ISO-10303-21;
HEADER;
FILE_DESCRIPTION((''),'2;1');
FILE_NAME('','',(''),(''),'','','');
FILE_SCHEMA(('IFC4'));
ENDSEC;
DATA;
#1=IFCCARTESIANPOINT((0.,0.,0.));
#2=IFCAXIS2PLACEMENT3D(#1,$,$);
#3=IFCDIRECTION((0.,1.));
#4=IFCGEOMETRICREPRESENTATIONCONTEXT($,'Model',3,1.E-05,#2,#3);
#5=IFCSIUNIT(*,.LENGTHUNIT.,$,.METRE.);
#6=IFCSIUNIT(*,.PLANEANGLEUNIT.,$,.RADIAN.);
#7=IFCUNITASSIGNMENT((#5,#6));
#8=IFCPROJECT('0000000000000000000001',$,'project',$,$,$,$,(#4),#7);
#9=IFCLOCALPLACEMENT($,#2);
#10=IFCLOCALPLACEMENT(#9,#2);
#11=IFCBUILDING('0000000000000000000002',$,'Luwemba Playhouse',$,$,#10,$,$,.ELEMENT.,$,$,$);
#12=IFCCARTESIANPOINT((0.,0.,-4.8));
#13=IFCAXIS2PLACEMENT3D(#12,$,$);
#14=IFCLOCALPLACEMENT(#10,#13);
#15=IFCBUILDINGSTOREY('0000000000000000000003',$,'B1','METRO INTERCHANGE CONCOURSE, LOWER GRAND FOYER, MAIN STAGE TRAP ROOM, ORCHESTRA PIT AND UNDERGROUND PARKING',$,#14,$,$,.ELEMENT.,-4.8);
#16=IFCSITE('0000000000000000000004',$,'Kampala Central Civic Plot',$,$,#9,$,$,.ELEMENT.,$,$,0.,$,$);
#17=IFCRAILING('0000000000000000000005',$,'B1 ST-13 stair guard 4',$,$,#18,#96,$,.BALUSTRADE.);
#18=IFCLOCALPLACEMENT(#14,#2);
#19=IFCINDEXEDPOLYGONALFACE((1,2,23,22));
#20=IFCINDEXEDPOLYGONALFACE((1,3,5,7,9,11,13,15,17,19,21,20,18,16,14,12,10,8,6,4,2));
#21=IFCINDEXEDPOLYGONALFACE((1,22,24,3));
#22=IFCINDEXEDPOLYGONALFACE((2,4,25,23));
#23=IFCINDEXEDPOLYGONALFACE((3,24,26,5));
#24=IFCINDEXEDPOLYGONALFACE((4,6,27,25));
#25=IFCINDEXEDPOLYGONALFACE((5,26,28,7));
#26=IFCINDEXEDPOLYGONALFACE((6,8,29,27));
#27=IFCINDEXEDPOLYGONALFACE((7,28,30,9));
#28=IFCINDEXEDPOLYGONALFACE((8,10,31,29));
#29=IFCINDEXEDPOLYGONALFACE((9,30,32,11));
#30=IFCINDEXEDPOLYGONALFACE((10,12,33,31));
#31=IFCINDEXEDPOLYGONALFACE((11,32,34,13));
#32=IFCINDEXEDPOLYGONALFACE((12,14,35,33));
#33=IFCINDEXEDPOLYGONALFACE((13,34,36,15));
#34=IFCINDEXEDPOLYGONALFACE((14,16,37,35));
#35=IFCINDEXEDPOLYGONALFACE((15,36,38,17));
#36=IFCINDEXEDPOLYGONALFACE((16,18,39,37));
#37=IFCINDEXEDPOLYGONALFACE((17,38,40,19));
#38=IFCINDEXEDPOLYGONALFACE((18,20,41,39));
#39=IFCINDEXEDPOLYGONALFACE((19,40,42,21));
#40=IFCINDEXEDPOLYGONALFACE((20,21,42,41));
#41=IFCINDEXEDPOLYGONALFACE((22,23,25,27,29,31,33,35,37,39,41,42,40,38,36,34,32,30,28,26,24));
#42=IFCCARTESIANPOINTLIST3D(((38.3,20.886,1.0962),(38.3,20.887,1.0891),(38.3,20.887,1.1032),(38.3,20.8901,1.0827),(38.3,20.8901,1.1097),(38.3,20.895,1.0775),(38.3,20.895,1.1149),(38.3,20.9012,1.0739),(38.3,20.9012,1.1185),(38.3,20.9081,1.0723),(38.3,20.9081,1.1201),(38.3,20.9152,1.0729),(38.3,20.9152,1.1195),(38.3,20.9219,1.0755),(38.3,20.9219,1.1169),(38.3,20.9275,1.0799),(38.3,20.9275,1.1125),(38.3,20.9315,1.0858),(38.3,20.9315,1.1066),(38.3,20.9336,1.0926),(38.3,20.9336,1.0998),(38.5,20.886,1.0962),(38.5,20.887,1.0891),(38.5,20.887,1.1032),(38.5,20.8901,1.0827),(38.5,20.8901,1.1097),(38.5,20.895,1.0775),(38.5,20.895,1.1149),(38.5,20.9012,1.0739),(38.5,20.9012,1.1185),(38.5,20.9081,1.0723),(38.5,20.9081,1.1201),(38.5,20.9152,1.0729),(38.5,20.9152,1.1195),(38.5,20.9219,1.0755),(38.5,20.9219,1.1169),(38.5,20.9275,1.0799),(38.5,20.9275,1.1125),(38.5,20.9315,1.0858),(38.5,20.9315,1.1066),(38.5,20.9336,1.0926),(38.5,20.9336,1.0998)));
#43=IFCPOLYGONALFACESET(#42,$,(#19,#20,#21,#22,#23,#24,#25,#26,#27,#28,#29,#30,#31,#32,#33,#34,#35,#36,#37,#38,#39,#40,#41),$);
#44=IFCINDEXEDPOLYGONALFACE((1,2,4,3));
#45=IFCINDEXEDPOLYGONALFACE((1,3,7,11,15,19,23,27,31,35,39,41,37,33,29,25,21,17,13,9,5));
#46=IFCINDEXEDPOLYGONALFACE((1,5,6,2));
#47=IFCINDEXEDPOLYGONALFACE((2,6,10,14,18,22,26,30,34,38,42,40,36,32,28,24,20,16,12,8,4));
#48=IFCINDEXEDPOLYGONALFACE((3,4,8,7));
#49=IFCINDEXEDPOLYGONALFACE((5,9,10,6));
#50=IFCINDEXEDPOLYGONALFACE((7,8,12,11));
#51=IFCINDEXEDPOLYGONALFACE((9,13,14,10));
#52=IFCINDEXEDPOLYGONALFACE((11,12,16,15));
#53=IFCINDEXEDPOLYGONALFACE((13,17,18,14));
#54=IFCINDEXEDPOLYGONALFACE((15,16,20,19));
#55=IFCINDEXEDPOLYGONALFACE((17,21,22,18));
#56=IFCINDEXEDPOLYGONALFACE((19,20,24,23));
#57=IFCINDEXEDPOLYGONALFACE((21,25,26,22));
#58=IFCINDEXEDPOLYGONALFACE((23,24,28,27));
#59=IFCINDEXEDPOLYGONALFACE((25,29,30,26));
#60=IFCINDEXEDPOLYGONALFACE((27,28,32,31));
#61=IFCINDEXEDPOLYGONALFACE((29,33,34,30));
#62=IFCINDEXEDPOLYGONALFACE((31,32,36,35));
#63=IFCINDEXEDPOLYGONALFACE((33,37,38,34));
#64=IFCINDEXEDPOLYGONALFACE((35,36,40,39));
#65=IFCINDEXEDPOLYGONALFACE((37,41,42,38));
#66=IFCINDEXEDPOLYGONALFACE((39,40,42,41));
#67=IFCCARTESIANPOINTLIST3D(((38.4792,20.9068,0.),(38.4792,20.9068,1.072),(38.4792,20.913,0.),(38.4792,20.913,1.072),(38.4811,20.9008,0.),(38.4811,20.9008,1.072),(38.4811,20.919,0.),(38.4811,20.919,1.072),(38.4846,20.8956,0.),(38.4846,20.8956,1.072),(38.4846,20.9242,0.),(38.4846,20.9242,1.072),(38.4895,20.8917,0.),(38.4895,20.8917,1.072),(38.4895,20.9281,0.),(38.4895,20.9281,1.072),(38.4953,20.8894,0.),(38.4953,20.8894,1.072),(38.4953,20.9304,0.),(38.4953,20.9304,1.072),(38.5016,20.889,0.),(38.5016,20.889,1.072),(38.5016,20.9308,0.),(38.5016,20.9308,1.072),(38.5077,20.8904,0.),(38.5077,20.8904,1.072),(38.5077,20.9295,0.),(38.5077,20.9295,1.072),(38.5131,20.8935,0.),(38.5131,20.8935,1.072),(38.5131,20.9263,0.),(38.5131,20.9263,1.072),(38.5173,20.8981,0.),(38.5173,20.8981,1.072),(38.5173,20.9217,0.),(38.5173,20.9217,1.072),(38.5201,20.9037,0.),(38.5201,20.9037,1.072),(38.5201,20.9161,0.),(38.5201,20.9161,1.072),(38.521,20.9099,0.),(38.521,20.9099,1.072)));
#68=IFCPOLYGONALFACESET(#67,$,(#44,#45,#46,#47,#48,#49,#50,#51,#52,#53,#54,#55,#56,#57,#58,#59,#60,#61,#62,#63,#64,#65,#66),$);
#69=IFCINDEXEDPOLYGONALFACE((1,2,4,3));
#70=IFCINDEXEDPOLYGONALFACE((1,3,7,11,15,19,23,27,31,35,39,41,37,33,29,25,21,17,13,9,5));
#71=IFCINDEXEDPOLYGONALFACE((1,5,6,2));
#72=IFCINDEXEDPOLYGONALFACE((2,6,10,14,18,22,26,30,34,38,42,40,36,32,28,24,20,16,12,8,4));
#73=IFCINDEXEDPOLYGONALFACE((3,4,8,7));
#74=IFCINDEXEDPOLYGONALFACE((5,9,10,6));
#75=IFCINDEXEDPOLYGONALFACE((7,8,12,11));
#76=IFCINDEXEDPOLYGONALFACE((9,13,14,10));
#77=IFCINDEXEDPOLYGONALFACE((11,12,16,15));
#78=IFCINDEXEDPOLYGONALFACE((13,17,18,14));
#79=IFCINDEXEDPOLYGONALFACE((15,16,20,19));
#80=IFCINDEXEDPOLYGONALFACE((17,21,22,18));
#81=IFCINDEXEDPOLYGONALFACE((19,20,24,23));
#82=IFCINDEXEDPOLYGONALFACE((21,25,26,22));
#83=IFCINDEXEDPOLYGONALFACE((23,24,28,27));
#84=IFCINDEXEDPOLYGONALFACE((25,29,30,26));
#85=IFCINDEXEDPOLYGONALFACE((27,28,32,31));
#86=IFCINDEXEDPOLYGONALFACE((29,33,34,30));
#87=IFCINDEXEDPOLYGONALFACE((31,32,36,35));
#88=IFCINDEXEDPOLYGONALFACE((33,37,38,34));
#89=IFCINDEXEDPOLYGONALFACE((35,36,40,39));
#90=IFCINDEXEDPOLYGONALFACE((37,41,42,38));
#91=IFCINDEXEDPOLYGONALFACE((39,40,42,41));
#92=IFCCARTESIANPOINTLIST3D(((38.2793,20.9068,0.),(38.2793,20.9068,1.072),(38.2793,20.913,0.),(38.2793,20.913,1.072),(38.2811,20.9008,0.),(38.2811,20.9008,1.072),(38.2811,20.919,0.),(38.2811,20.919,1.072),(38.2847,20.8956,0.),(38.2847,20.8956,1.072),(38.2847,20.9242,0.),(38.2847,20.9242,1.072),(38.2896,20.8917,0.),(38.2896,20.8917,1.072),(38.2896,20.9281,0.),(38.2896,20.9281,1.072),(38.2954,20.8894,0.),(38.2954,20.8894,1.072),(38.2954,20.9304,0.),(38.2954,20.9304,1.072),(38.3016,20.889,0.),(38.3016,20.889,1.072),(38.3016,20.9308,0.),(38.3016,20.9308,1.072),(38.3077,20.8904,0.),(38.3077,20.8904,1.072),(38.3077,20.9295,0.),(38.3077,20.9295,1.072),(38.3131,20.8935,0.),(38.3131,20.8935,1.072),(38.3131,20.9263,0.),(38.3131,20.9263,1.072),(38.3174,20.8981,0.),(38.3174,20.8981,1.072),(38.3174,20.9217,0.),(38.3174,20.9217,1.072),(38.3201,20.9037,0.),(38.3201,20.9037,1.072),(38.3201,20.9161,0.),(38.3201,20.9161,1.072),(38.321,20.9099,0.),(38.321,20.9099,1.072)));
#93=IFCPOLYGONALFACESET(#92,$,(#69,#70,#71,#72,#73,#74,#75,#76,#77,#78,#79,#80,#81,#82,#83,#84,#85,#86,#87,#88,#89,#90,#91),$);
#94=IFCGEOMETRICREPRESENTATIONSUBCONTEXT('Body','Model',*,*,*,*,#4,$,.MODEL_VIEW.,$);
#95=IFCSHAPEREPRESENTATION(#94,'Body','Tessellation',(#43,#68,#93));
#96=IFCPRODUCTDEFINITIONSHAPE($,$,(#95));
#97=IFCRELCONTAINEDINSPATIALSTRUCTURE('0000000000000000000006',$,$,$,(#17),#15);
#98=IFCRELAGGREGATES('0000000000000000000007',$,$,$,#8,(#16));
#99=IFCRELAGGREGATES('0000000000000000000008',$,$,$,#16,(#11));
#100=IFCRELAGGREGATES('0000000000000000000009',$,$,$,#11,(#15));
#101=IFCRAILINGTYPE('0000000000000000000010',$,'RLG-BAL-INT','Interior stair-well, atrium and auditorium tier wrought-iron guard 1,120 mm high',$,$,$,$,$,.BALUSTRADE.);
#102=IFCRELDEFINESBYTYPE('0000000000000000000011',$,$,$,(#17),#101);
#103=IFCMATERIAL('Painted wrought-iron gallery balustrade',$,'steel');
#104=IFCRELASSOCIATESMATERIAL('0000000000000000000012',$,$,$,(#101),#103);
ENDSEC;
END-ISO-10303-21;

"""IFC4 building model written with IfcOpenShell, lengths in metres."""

from ifc_helpers import new_model, si_unit, direction, frame, origin, origin_2d, place, context, subcontext, project, spatial, circle, extrude, material, type_object, element, save


model = new_model("IFC4")

# Units and contexts
model_context = context("Model", 3, precision=1e-05, world=origin(), true_north=direction((0.0, 1.0)))
body_context = subcontext(model_context, "Body", "Model", "MODEL_VIEW")
ifc_project = project(units=[si_unit("LENGTHUNIT", "METRE"), si_unit("PLANEANGLEUNIT", "RADIAN")], contexts=[model_context])

# Site, building, storey
site_placement = place(None, origin())
site = spatial("IfcSite", under=ifc_project, at=site_placement, Name="Kampala Central Civic Plot", CompositionType="ELEMENT", RefElevation=0.0)
building_placement = place(site_placement, origin())
building = spatial("IfcBuilding", under=site, at=building_placement, Name="Luwemba Playhouse", CompositionType="ELEMENT")
storey_placement = place(building_placement, frame((0.0, 0.0, -4.8)))
storey = spatial("IfcBuildingStorey", under=building, at=storey_placement, Name="B1", Description="METRO INTERCHANGE CONCOURSE, LOWER GRAND FOYER, MAIN STAGE TRAP ROOM, ORCHESTRA PIT AND UNDERGROUND PARKING", CompositionType="ELEMENT", Elevation=-4.8)

# Railing
ifc_material_1 = material(Name="Painted wrought-iron gallery balustrade", Category="steel")
railing_type_1 = type_object("IfcRailingType", Name="RLG-BAL-INT", Description="Interior stair-well, atrium and auditorium tier wrought-iron guard 1,120 mm high", PredefinedType="BALUSTRADE", material=ifc_material_1)
railing_1_placement = place(storey_placement, frame((38.5, 20.9099, 0.0)))
element("IfcRailing", 1, at=railing_1_placement, inside=storey, type_object=railing_type_1, Name="B1 ST-13 stair guard 4", PredefinedType="BALUSTRADE", context=body_context, shape_type="SweptSolid", body=[
    extrude(circle(Radius=0.0239, at=origin_2d()), frame((0.0, 0.0, 1.0962), z_axis=(-1.0, 0.0, 0.0), x_axis=(0.0, -1.0, 0.0)), (0.0, 0.0, 1.0), 0.2),
    extrude(circle(Radius=0.021, at=origin_2d()), origin(), (0.0, 0.0, 1.0), 1.072),
    extrude(circle(Radius=0.021, at=origin_2d()), frame((-0.2, 0.0, 0.0)), (0.0, 0.0, 1.0), 1.072),
])

save(model, "model.ifc")
